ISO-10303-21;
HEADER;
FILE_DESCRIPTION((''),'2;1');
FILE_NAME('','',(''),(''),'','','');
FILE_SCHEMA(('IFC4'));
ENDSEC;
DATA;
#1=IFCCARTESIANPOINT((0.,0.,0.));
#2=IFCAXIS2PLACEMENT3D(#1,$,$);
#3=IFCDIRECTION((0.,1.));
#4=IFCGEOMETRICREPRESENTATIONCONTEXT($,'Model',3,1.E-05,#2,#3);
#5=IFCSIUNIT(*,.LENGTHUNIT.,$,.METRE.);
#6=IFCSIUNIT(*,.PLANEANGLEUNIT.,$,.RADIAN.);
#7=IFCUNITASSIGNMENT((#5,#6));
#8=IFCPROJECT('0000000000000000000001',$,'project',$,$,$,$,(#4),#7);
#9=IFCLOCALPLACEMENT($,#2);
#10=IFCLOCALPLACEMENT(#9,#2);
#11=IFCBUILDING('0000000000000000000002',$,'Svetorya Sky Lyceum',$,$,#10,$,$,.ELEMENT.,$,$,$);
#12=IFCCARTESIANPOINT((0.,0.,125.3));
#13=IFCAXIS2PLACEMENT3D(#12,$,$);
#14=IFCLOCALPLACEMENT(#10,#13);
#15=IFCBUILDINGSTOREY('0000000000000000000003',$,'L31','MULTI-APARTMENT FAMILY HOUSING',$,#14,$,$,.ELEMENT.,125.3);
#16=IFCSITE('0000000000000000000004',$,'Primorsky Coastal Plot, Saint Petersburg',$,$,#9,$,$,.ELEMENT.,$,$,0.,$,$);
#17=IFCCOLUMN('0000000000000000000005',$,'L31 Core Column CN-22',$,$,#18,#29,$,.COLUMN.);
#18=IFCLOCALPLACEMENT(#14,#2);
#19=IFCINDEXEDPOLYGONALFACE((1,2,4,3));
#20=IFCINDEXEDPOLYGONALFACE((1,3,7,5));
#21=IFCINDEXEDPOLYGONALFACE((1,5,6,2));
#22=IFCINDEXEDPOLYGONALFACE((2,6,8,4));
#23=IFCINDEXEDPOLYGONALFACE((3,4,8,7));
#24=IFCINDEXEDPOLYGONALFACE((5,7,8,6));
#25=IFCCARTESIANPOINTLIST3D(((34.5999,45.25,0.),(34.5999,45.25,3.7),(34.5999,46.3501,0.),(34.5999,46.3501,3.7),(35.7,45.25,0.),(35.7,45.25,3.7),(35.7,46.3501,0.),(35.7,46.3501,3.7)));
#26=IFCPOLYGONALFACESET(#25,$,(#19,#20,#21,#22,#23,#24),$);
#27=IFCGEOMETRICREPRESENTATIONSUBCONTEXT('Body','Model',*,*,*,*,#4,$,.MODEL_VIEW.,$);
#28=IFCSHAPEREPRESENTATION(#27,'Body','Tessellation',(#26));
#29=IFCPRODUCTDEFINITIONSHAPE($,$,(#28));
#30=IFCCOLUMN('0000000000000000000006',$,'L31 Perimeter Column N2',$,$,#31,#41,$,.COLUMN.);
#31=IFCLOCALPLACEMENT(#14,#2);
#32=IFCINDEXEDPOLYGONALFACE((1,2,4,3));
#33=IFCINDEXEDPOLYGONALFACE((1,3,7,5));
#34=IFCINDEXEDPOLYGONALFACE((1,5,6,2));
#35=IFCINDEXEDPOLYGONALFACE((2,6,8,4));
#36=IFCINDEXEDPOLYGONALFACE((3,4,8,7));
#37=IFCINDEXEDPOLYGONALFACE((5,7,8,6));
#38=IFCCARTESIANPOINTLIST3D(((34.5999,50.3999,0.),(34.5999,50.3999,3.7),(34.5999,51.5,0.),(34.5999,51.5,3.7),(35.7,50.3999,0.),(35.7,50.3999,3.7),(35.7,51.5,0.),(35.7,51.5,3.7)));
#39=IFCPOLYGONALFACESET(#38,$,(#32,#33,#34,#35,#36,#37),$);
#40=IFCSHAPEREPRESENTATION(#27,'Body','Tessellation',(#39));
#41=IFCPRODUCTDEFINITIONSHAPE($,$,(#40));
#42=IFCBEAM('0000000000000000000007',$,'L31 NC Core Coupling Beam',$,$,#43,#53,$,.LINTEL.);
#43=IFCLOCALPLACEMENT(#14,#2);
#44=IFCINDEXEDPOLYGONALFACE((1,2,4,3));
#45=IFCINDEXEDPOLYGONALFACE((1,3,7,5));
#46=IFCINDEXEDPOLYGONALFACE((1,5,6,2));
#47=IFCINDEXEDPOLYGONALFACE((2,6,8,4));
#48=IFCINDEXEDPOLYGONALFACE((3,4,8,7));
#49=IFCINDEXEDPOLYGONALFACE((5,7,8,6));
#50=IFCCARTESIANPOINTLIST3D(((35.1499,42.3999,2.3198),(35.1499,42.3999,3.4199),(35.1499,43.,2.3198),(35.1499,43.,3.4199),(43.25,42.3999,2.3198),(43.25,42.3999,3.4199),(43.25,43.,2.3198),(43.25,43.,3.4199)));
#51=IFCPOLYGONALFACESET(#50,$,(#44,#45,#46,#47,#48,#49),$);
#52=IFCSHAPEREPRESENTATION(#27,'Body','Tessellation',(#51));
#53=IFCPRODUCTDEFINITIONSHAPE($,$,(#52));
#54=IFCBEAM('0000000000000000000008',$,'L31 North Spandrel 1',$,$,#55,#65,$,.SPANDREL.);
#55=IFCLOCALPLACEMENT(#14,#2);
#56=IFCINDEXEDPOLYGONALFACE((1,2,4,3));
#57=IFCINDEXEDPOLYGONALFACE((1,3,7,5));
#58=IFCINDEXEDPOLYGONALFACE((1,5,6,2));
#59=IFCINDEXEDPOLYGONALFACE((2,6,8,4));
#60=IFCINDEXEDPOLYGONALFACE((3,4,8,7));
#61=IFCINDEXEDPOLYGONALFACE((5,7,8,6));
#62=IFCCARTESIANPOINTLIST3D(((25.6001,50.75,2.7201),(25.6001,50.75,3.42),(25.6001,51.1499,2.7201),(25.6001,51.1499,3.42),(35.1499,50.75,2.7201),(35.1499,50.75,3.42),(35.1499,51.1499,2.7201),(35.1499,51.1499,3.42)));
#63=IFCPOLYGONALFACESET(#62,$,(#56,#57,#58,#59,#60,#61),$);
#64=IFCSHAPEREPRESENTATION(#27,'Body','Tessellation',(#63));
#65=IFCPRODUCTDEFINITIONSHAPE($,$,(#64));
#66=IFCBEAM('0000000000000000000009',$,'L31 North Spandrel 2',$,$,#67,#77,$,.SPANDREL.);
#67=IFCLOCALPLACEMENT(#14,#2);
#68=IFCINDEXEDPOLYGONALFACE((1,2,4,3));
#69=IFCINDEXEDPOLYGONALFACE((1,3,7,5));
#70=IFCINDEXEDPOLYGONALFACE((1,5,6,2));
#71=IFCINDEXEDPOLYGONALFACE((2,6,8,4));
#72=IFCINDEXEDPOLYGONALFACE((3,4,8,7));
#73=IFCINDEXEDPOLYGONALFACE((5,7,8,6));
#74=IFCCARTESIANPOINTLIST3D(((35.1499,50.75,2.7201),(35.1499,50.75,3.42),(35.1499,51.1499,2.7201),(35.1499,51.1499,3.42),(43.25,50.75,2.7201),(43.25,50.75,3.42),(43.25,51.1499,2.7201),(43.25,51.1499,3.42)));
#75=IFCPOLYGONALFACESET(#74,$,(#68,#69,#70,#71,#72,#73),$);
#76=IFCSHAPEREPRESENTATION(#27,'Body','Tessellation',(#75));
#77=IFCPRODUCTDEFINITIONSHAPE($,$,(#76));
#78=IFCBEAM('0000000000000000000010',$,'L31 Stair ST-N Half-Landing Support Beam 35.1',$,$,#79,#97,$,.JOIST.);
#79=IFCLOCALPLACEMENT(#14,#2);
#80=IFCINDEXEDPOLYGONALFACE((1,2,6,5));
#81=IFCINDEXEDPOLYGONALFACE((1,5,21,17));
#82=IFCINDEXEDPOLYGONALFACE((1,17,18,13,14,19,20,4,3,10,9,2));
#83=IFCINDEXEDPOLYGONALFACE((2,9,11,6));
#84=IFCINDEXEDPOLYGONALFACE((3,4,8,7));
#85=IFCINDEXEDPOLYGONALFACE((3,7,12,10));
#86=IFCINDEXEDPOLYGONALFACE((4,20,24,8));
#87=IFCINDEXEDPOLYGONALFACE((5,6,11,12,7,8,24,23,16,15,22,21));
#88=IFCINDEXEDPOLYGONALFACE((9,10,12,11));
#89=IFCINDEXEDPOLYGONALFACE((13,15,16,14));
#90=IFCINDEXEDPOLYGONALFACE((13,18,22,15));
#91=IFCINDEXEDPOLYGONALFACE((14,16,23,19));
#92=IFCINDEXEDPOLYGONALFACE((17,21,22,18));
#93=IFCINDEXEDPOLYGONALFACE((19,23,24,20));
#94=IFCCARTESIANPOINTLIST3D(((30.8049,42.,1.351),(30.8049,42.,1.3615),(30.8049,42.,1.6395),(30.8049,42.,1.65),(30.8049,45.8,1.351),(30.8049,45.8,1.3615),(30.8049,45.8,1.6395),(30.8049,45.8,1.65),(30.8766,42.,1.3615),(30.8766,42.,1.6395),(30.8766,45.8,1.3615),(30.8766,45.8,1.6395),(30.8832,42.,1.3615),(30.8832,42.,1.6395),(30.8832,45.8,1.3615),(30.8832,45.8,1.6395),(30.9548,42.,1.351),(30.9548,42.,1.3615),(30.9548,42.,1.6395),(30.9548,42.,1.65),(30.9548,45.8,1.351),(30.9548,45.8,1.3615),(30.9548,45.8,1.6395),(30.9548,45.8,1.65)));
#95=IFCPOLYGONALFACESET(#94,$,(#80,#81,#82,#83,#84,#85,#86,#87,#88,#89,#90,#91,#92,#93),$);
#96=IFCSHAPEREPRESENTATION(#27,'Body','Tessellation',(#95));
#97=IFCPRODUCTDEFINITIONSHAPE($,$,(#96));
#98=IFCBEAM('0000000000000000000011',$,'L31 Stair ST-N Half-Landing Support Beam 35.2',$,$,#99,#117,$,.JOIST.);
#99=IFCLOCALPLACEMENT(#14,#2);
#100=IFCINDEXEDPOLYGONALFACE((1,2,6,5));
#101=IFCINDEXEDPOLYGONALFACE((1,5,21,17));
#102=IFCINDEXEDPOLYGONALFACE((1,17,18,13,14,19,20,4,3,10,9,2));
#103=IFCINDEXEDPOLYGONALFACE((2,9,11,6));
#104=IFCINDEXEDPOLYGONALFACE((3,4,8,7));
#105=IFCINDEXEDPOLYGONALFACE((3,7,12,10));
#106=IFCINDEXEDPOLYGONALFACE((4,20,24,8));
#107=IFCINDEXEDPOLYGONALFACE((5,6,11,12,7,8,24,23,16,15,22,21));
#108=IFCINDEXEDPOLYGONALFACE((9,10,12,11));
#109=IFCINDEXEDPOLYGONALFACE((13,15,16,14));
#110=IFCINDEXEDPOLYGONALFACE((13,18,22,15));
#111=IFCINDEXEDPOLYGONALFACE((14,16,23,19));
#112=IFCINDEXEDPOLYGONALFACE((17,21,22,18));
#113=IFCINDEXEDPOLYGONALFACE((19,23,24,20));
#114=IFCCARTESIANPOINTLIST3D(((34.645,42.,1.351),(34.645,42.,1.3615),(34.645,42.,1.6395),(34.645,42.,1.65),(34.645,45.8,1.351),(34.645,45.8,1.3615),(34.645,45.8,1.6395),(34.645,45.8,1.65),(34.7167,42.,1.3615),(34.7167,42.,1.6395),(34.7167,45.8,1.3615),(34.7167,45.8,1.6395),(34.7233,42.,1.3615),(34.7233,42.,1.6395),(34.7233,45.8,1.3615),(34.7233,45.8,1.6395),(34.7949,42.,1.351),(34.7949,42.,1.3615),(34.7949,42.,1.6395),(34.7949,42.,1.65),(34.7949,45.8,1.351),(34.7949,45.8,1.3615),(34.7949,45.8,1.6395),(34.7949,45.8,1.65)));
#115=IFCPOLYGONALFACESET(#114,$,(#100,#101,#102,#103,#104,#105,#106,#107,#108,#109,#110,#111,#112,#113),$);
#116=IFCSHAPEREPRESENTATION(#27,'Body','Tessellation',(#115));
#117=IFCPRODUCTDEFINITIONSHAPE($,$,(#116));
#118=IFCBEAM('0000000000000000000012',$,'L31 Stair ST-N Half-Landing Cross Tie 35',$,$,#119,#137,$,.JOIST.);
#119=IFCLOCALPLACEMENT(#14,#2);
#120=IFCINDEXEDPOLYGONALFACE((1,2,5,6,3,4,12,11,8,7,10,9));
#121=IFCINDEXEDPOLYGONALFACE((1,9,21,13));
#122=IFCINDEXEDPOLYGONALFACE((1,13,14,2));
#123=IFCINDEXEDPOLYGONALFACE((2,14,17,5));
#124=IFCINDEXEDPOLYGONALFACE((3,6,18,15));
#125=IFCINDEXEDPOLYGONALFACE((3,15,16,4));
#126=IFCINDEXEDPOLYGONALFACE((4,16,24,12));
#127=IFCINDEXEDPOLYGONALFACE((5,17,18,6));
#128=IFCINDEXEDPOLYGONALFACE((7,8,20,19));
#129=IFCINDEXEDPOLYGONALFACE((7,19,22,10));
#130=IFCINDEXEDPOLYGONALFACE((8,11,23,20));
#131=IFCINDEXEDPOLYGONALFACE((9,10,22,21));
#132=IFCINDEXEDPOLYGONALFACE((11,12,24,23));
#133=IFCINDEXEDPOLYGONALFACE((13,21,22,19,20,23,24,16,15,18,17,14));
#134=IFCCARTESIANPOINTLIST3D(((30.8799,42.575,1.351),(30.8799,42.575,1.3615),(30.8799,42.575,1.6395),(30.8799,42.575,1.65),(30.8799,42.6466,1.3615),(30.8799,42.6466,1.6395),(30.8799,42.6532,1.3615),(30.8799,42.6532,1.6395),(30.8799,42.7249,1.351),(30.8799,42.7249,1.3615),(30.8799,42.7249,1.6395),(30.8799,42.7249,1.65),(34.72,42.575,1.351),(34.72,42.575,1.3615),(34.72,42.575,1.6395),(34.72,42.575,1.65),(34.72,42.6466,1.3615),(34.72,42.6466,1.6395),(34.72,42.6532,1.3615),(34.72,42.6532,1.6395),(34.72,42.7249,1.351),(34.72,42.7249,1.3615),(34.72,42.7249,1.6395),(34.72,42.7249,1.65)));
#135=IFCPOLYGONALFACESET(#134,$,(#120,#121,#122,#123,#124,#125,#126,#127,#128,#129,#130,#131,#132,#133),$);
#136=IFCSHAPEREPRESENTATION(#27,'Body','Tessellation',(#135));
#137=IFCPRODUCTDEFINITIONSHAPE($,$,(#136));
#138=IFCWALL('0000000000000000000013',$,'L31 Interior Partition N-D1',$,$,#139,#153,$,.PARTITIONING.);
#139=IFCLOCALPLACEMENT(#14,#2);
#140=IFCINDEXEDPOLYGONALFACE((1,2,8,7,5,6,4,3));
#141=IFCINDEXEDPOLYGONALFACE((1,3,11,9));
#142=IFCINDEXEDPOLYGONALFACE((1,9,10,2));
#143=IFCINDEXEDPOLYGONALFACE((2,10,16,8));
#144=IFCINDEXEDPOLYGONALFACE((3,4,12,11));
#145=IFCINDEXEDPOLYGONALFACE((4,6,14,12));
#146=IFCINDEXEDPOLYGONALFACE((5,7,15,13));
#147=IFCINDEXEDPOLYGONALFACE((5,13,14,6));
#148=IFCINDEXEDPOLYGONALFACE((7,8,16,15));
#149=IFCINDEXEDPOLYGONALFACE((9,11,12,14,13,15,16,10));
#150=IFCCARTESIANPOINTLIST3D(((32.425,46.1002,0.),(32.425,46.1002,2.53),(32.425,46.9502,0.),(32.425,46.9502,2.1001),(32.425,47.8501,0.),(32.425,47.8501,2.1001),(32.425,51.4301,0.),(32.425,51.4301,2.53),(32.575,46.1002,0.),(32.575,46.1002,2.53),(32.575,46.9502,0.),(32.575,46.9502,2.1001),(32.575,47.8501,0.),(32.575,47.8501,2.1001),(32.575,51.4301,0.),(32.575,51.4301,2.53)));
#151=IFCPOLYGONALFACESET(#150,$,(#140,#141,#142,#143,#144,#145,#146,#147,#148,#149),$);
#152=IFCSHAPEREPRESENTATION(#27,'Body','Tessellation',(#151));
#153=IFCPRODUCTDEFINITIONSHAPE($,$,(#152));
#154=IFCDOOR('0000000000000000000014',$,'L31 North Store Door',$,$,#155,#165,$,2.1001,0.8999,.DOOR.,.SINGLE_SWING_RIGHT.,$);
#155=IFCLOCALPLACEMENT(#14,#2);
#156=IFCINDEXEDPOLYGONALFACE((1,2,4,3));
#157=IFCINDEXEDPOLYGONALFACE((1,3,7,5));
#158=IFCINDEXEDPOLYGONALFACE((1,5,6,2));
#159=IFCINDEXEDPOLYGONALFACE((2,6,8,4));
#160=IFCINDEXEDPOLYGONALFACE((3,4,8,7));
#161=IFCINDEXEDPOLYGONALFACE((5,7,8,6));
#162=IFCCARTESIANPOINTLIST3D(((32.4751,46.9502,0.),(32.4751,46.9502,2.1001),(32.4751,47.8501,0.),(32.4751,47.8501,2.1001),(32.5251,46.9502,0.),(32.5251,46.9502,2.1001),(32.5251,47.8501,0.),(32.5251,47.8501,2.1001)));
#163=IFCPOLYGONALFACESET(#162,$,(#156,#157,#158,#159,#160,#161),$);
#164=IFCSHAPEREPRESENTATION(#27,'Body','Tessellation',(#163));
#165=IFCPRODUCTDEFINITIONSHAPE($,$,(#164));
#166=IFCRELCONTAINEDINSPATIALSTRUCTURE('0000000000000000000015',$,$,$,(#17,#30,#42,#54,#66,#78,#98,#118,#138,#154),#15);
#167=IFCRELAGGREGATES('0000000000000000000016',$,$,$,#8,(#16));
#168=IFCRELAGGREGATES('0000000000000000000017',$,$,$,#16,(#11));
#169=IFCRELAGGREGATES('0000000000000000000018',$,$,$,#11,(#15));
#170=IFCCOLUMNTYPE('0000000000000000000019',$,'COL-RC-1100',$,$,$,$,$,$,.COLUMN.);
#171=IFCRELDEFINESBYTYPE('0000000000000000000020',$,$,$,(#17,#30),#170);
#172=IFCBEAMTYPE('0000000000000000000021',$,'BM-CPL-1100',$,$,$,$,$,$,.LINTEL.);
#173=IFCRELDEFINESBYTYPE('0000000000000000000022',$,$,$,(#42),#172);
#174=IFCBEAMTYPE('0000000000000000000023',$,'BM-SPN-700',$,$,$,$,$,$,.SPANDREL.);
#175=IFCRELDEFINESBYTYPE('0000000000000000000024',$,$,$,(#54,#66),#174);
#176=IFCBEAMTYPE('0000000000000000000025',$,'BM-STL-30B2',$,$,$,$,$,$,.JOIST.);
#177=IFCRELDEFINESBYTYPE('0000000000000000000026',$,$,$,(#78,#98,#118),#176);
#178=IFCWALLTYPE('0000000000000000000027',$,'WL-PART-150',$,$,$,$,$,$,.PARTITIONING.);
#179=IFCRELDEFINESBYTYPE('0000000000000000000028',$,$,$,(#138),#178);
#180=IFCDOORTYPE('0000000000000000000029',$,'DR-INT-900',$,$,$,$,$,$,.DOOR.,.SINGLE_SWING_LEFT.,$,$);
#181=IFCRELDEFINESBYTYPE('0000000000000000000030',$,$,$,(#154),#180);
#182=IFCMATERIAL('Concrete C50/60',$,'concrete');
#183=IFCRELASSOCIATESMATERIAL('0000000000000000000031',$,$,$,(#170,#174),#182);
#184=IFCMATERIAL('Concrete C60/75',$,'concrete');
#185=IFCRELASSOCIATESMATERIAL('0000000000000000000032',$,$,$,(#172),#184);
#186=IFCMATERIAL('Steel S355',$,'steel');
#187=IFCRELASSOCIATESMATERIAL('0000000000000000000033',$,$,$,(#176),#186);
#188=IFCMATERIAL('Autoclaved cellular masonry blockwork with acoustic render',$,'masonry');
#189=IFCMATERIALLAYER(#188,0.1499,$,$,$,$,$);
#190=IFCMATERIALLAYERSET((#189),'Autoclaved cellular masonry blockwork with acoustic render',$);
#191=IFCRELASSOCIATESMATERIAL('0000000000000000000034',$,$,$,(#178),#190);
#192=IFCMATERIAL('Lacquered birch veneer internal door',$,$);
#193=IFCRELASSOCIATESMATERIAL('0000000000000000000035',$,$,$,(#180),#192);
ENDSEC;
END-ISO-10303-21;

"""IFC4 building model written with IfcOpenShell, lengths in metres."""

from ifc_helpers import new_model, si_unit, direction, frame, frame_2d, origin, origin_2d, place, context, subcontext, project, spatial, rectangle, i_section, extrude, material, layer, layer_set, material_profile, profile_set, type_object, element, fill, save


model = new_model("IFC4")

# Units and contexts
model_context = context("Model", 3, precision=1e-05, world=origin(), true_north=direction((0.0, 1.0)))
body_context = subcontext(model_context, "Body", "Model", "MODEL_VIEW")
ifc_project = project(units=[si_unit("LENGTHUNIT", "METRE"), si_unit("PLANEANGLEUNIT", "RADIAN")], contexts=[model_context])

# Site, building, storey
site_placement = place(None, origin())
site = spatial("IfcSite", under=ifc_project, at=site_placement, Name="Primorsky Coastal Plot, Saint Petersburg", CompositionType="ELEMENT", RefElevation=0.0)
building_placement = place(site_placement, origin())
building = spatial("IfcBuilding", under=site, at=building_placement, Name="Svetorya Sky Lyceum", CompositionType="ELEMENT")
storey_placement = place(building_placement, frame((0.0, 0.0, 125.3)))
storey = spatial("IfcBuildingStorey", under=building, at=storey_placement, Name="L31", Description="MULTI-APARTMENT FAMILY HOUSING", CompositionType="ELEMENT", Elevation=125.3)

# Columns
ifc_material_1 = material(Name="Concrete C50/60", Category="concrete")
ifc_material_profile_1 = material_profile(ifc_material_1, rectangle(XDim=1.1001, YDim=1.1001, at=origin_2d()), Name="RC COL 1100x1100")
ifc_profile_set_1 = profile_set([ifc_material_profile_1], Name="Concrete C50/60")
column_type = type_object("IfcColumnType", Name="COL-RC-1100", PredefinedType="COLUMN", material=ifc_profile_set_1)
for number, where, z_axis, x_axis, name in (
    (1, (35.1499, 45.8, 0.0), (0.0, 0.0, 1.0), (1.0, 0.0, 0.0), "L31 Core Column CN-22"),
    (2, (35.1499, 50.95, 0.0), (0.0, 0.0, 1.0), (1.0, 0.0, 0.0), "L31 Perimeter Column N2"),
):
    element("IfcColumn", number, at=place(storey_placement, frame(where, z_axis=z_axis, x_axis=x_axis)), inside=storey, type_object=column_type, Name=name, PredefinedType="COLUMN", context=body_context, shape_type="SweptSolid", body=[
        extrude(rectangle(XDim=1.1001, YDim=1.1001, at=origin_2d()), origin(), (0.0, 0.0, 1.0), 3.7),
    ])

# Beams
ifc_material_2 = material(Name="Concrete C60/75", Category="concrete")
ifc_material_profile_2 = material_profile(ifc_material_2, rectangle(XDim=0.6001, YDim=1.1001, at=origin_2d()), Name="RC COUPLING 600x1100")
ifc_profile_set_2 = profile_set([ifc_material_profile_2], Name="Concrete C60/75")
beam_type_1 = type_object("IfcBeamType", Name="BM-CPL-1100", PredefinedType="LINTEL", material=ifc_profile_set_2)
beam_1_placement = place(storey_placement, frame((35.1499, 42.7, 2.8699), z_axis=(1.0, 0.0, 0.0), x_axis=(0.0, 1.0, 0.0)))
element("IfcBeam", 3, at=beam_1_placement, inside=storey, type_object=beam_type_1, Name="L31 NC Core Coupling Beam", PredefinedType="LINTEL", context=body_context, shape_type="SweptSolid", body=[
    extrude(rectangle(XDim=0.6001, YDim=1.1001, at=origin_2d()), origin(), (0.0, 0.0, 1.0), 8.1001),
])
ifc_material_profile_3 = material_profile(ifc_material_1, rectangle(XDim=0.3999, YDim=0.7, at=origin_2d()), Name="RC SPANDREL 400x700")
ifc_profile_set_3 = profile_set([ifc_material_profile_3], Name="Concrete C50/60")
beam_type_2 = type_object("IfcBeamType", Name="BM-SPN-700", PredefinedType="SPANDREL", material=ifc_profile_set_3)
beam_2_placement = place(storey_placement, frame((25.6001, 50.95, 3.0701), z_axis=(1.0, 0.0, 0.0), x_axis=(0.0, 1.0, 0.0)))
element("IfcBeam", 4, at=beam_2_placement, inside=storey, type_object=beam_type_2, Name="L31 North Spandrel 1", PredefinedType="SPANDREL", context=body_context, shape_type="SweptSolid", body=[
    extrude(rectangle(XDim=0.3999, YDim=0.7, at=origin_2d()), origin(), (0.0, 0.0, 1.0), 9.5498),
])
beam_3_placement = place(storey_placement, frame((35.1499, 50.95, 3.0701), z_axis=(1.0, 0.0, 0.0), x_axis=(0.0, 1.0, 0.0)))
element("IfcBeam", 5, at=beam_3_placement, inside=storey, type_object=beam_type_2, Name="L31 North Spandrel 2", PredefinedType="SPANDREL", context=body_context, shape_type="SweptSolid", body=[
    extrude(rectangle(XDim=0.3999, YDim=0.7, at=origin_2d()), origin(), (0.0, 0.0, 1.0), 8.1001),
])
ifc_material_3 = material(Name="Steel S355", Category="steel")
ifc_material_profile_4 = material_profile(ifc_material_3, i_section(OverallWidth=0.1499, OverallDepth=0.2991, WebThickness=0.0066, FlangeThickness=0.0105, at=origin_2d()), Name="GOST 30B2")
ifc_profile_set_4 = profile_set([ifc_material_profile_4], Name="Steel S355")
beam_type_3 = type_object("IfcBeamType", Name="BM-STL-30B2", PredefinedType="JOIST", material=ifc_profile_set_4)
for number, where, z_axis, x_axis, name in (
    (6, (30.8799, 42.0, 1.5005), (0.0, 1.0, 0.0), (-1.0, 0.0, 0.0), "L31 Stair ST-N Half-Landing Support Beam 35.1"),
    (7, (34.72, 42.0, 1.5005), (0.0, 1.0, 0.0), (-1.0, 0.0, 0.0), "L31 Stair ST-N Half-Landing Support Beam 35.2"),
):
    element("IfcBeam", number, at=place(storey_placement, frame(where, z_axis=z_axis, x_axis=x_axis)), inside=storey, type_object=beam_type_3, Name=name, PredefinedType="JOIST", context=body_context, shape_type="SweptSolid", body=[
        extrude(i_section(OverallWidth=0.1499, OverallDepth=0.2991, WebThickness=0.0066, FlangeThickness=0.0105, at=origin_2d()), origin(), (0.0, 0.0, 1.0), 3.8),
    ])
beam_4_placement = place(storey_placement, frame((30.8799, 42.6499, 1.5005), z_axis=(1.0, 0.0, 0.0), x_axis=(0.0, 1.0, 0.0)))
element("IfcBeam", 8, at=beam_4_placement, inside=storey, type_object=beam_type_3, Name="L31 Stair ST-N Half-Landing Cross Tie 35", PredefinedType="JOIST", context=body_context, shape_type="SweptSolid", body=[
    extrude(i_section(OverallWidth=0.1499, OverallDepth=0.2991, WebThickness=0.0066, FlangeThickness=0.0105, at=origin_2d()), origin(), (0.0, 0.0, 1.0), 3.8401),
])

# Wall, opening, door
ifc_material_4 = material(Name="Autoclaved cellular masonry blockwork with acoustic render", Category="masonry")
ifc_layer = layer(ifc_material_4, 0.1499)
ifc_layer_set = layer_set([ifc_layer], Name="Autoclaved cellular masonry blockwork with acoustic render")
wall_type = type_object("IfcWallType", Name="WL-PART-150", PredefinedType="PARTITIONING", material=ifc_layer_set)
wall_placement = place(storey_placement, frame((32.5, 46.1001, 0.0), z_axis=(0.0, 0.0, 1.0), x_axis=(0.0, 1.0, 0.0)))
wall = element("IfcWall", 9, at=wall_placement, inside=storey, type_object=wall_type, Name="L31 Interior Partition N-D1", PredefinedType="PARTITIONING", context=body_context, shape_type="SweptSolid", body=[
    extrude(rectangle(XDim=5.3298, YDim=0.1499, at=frame_2d((2.665, 0.0))), origin(), (0.0, 0.0, 1.0), 2.53),
])
opening_placement = place(wall_placement, frame((0.8501, 0.0, 0.0)))
opening = element("IfcOpeningElement", 10, at=opening_placement, cuts=wall, PredefinedType="OPENING", context=body_context, shape_type="SweptSolid", body=[
    extrude(rectangle(XDim=0.8999, YDim=2.1001, at=frame_2d((0.45, 1.05))), frame((0.0, 0.085, 0.0), z_axis=(0.0, -1.0, 0.0), x_axis=(1.0, 0.0, 0.0)), (0.0, 0.0, 1.0), 0.1699),
])
ifc_material_5 = material(Name="Lacquered birch veneer internal door")
door_type = type_object("IfcDoorType", Name="DR-INT-900", OperationType="SINGLE_SWING_LEFT", PredefinedType="DOOR", material=ifc_material_5)
door_placement = place(opening_placement, origin())
door = element("IfcDoor", 11, at=door_placement, inside=storey, type_object=door_type, Name="L31 North Store Door", OperationType="SINGLE_SWING_RIGHT", OverallHeight=2.1001, OverallWidth=0.8999, PredefinedType="DOOR", context=body_context, shape_type="SweptSolid", body=[
    extrude(rectangle(XDim=0.8999, YDim=2.1001, at=frame_2d((0.45, 1.05))), frame((0.0, 0.0249, 0.0), z_axis=(0.0, -1.0, 0.0), x_axis=(1.0, 0.0, 0.0)), (0.0, 0.0, 1.0), 0.05),
])
fill(opening, door)

save(model, "model.ifc")
